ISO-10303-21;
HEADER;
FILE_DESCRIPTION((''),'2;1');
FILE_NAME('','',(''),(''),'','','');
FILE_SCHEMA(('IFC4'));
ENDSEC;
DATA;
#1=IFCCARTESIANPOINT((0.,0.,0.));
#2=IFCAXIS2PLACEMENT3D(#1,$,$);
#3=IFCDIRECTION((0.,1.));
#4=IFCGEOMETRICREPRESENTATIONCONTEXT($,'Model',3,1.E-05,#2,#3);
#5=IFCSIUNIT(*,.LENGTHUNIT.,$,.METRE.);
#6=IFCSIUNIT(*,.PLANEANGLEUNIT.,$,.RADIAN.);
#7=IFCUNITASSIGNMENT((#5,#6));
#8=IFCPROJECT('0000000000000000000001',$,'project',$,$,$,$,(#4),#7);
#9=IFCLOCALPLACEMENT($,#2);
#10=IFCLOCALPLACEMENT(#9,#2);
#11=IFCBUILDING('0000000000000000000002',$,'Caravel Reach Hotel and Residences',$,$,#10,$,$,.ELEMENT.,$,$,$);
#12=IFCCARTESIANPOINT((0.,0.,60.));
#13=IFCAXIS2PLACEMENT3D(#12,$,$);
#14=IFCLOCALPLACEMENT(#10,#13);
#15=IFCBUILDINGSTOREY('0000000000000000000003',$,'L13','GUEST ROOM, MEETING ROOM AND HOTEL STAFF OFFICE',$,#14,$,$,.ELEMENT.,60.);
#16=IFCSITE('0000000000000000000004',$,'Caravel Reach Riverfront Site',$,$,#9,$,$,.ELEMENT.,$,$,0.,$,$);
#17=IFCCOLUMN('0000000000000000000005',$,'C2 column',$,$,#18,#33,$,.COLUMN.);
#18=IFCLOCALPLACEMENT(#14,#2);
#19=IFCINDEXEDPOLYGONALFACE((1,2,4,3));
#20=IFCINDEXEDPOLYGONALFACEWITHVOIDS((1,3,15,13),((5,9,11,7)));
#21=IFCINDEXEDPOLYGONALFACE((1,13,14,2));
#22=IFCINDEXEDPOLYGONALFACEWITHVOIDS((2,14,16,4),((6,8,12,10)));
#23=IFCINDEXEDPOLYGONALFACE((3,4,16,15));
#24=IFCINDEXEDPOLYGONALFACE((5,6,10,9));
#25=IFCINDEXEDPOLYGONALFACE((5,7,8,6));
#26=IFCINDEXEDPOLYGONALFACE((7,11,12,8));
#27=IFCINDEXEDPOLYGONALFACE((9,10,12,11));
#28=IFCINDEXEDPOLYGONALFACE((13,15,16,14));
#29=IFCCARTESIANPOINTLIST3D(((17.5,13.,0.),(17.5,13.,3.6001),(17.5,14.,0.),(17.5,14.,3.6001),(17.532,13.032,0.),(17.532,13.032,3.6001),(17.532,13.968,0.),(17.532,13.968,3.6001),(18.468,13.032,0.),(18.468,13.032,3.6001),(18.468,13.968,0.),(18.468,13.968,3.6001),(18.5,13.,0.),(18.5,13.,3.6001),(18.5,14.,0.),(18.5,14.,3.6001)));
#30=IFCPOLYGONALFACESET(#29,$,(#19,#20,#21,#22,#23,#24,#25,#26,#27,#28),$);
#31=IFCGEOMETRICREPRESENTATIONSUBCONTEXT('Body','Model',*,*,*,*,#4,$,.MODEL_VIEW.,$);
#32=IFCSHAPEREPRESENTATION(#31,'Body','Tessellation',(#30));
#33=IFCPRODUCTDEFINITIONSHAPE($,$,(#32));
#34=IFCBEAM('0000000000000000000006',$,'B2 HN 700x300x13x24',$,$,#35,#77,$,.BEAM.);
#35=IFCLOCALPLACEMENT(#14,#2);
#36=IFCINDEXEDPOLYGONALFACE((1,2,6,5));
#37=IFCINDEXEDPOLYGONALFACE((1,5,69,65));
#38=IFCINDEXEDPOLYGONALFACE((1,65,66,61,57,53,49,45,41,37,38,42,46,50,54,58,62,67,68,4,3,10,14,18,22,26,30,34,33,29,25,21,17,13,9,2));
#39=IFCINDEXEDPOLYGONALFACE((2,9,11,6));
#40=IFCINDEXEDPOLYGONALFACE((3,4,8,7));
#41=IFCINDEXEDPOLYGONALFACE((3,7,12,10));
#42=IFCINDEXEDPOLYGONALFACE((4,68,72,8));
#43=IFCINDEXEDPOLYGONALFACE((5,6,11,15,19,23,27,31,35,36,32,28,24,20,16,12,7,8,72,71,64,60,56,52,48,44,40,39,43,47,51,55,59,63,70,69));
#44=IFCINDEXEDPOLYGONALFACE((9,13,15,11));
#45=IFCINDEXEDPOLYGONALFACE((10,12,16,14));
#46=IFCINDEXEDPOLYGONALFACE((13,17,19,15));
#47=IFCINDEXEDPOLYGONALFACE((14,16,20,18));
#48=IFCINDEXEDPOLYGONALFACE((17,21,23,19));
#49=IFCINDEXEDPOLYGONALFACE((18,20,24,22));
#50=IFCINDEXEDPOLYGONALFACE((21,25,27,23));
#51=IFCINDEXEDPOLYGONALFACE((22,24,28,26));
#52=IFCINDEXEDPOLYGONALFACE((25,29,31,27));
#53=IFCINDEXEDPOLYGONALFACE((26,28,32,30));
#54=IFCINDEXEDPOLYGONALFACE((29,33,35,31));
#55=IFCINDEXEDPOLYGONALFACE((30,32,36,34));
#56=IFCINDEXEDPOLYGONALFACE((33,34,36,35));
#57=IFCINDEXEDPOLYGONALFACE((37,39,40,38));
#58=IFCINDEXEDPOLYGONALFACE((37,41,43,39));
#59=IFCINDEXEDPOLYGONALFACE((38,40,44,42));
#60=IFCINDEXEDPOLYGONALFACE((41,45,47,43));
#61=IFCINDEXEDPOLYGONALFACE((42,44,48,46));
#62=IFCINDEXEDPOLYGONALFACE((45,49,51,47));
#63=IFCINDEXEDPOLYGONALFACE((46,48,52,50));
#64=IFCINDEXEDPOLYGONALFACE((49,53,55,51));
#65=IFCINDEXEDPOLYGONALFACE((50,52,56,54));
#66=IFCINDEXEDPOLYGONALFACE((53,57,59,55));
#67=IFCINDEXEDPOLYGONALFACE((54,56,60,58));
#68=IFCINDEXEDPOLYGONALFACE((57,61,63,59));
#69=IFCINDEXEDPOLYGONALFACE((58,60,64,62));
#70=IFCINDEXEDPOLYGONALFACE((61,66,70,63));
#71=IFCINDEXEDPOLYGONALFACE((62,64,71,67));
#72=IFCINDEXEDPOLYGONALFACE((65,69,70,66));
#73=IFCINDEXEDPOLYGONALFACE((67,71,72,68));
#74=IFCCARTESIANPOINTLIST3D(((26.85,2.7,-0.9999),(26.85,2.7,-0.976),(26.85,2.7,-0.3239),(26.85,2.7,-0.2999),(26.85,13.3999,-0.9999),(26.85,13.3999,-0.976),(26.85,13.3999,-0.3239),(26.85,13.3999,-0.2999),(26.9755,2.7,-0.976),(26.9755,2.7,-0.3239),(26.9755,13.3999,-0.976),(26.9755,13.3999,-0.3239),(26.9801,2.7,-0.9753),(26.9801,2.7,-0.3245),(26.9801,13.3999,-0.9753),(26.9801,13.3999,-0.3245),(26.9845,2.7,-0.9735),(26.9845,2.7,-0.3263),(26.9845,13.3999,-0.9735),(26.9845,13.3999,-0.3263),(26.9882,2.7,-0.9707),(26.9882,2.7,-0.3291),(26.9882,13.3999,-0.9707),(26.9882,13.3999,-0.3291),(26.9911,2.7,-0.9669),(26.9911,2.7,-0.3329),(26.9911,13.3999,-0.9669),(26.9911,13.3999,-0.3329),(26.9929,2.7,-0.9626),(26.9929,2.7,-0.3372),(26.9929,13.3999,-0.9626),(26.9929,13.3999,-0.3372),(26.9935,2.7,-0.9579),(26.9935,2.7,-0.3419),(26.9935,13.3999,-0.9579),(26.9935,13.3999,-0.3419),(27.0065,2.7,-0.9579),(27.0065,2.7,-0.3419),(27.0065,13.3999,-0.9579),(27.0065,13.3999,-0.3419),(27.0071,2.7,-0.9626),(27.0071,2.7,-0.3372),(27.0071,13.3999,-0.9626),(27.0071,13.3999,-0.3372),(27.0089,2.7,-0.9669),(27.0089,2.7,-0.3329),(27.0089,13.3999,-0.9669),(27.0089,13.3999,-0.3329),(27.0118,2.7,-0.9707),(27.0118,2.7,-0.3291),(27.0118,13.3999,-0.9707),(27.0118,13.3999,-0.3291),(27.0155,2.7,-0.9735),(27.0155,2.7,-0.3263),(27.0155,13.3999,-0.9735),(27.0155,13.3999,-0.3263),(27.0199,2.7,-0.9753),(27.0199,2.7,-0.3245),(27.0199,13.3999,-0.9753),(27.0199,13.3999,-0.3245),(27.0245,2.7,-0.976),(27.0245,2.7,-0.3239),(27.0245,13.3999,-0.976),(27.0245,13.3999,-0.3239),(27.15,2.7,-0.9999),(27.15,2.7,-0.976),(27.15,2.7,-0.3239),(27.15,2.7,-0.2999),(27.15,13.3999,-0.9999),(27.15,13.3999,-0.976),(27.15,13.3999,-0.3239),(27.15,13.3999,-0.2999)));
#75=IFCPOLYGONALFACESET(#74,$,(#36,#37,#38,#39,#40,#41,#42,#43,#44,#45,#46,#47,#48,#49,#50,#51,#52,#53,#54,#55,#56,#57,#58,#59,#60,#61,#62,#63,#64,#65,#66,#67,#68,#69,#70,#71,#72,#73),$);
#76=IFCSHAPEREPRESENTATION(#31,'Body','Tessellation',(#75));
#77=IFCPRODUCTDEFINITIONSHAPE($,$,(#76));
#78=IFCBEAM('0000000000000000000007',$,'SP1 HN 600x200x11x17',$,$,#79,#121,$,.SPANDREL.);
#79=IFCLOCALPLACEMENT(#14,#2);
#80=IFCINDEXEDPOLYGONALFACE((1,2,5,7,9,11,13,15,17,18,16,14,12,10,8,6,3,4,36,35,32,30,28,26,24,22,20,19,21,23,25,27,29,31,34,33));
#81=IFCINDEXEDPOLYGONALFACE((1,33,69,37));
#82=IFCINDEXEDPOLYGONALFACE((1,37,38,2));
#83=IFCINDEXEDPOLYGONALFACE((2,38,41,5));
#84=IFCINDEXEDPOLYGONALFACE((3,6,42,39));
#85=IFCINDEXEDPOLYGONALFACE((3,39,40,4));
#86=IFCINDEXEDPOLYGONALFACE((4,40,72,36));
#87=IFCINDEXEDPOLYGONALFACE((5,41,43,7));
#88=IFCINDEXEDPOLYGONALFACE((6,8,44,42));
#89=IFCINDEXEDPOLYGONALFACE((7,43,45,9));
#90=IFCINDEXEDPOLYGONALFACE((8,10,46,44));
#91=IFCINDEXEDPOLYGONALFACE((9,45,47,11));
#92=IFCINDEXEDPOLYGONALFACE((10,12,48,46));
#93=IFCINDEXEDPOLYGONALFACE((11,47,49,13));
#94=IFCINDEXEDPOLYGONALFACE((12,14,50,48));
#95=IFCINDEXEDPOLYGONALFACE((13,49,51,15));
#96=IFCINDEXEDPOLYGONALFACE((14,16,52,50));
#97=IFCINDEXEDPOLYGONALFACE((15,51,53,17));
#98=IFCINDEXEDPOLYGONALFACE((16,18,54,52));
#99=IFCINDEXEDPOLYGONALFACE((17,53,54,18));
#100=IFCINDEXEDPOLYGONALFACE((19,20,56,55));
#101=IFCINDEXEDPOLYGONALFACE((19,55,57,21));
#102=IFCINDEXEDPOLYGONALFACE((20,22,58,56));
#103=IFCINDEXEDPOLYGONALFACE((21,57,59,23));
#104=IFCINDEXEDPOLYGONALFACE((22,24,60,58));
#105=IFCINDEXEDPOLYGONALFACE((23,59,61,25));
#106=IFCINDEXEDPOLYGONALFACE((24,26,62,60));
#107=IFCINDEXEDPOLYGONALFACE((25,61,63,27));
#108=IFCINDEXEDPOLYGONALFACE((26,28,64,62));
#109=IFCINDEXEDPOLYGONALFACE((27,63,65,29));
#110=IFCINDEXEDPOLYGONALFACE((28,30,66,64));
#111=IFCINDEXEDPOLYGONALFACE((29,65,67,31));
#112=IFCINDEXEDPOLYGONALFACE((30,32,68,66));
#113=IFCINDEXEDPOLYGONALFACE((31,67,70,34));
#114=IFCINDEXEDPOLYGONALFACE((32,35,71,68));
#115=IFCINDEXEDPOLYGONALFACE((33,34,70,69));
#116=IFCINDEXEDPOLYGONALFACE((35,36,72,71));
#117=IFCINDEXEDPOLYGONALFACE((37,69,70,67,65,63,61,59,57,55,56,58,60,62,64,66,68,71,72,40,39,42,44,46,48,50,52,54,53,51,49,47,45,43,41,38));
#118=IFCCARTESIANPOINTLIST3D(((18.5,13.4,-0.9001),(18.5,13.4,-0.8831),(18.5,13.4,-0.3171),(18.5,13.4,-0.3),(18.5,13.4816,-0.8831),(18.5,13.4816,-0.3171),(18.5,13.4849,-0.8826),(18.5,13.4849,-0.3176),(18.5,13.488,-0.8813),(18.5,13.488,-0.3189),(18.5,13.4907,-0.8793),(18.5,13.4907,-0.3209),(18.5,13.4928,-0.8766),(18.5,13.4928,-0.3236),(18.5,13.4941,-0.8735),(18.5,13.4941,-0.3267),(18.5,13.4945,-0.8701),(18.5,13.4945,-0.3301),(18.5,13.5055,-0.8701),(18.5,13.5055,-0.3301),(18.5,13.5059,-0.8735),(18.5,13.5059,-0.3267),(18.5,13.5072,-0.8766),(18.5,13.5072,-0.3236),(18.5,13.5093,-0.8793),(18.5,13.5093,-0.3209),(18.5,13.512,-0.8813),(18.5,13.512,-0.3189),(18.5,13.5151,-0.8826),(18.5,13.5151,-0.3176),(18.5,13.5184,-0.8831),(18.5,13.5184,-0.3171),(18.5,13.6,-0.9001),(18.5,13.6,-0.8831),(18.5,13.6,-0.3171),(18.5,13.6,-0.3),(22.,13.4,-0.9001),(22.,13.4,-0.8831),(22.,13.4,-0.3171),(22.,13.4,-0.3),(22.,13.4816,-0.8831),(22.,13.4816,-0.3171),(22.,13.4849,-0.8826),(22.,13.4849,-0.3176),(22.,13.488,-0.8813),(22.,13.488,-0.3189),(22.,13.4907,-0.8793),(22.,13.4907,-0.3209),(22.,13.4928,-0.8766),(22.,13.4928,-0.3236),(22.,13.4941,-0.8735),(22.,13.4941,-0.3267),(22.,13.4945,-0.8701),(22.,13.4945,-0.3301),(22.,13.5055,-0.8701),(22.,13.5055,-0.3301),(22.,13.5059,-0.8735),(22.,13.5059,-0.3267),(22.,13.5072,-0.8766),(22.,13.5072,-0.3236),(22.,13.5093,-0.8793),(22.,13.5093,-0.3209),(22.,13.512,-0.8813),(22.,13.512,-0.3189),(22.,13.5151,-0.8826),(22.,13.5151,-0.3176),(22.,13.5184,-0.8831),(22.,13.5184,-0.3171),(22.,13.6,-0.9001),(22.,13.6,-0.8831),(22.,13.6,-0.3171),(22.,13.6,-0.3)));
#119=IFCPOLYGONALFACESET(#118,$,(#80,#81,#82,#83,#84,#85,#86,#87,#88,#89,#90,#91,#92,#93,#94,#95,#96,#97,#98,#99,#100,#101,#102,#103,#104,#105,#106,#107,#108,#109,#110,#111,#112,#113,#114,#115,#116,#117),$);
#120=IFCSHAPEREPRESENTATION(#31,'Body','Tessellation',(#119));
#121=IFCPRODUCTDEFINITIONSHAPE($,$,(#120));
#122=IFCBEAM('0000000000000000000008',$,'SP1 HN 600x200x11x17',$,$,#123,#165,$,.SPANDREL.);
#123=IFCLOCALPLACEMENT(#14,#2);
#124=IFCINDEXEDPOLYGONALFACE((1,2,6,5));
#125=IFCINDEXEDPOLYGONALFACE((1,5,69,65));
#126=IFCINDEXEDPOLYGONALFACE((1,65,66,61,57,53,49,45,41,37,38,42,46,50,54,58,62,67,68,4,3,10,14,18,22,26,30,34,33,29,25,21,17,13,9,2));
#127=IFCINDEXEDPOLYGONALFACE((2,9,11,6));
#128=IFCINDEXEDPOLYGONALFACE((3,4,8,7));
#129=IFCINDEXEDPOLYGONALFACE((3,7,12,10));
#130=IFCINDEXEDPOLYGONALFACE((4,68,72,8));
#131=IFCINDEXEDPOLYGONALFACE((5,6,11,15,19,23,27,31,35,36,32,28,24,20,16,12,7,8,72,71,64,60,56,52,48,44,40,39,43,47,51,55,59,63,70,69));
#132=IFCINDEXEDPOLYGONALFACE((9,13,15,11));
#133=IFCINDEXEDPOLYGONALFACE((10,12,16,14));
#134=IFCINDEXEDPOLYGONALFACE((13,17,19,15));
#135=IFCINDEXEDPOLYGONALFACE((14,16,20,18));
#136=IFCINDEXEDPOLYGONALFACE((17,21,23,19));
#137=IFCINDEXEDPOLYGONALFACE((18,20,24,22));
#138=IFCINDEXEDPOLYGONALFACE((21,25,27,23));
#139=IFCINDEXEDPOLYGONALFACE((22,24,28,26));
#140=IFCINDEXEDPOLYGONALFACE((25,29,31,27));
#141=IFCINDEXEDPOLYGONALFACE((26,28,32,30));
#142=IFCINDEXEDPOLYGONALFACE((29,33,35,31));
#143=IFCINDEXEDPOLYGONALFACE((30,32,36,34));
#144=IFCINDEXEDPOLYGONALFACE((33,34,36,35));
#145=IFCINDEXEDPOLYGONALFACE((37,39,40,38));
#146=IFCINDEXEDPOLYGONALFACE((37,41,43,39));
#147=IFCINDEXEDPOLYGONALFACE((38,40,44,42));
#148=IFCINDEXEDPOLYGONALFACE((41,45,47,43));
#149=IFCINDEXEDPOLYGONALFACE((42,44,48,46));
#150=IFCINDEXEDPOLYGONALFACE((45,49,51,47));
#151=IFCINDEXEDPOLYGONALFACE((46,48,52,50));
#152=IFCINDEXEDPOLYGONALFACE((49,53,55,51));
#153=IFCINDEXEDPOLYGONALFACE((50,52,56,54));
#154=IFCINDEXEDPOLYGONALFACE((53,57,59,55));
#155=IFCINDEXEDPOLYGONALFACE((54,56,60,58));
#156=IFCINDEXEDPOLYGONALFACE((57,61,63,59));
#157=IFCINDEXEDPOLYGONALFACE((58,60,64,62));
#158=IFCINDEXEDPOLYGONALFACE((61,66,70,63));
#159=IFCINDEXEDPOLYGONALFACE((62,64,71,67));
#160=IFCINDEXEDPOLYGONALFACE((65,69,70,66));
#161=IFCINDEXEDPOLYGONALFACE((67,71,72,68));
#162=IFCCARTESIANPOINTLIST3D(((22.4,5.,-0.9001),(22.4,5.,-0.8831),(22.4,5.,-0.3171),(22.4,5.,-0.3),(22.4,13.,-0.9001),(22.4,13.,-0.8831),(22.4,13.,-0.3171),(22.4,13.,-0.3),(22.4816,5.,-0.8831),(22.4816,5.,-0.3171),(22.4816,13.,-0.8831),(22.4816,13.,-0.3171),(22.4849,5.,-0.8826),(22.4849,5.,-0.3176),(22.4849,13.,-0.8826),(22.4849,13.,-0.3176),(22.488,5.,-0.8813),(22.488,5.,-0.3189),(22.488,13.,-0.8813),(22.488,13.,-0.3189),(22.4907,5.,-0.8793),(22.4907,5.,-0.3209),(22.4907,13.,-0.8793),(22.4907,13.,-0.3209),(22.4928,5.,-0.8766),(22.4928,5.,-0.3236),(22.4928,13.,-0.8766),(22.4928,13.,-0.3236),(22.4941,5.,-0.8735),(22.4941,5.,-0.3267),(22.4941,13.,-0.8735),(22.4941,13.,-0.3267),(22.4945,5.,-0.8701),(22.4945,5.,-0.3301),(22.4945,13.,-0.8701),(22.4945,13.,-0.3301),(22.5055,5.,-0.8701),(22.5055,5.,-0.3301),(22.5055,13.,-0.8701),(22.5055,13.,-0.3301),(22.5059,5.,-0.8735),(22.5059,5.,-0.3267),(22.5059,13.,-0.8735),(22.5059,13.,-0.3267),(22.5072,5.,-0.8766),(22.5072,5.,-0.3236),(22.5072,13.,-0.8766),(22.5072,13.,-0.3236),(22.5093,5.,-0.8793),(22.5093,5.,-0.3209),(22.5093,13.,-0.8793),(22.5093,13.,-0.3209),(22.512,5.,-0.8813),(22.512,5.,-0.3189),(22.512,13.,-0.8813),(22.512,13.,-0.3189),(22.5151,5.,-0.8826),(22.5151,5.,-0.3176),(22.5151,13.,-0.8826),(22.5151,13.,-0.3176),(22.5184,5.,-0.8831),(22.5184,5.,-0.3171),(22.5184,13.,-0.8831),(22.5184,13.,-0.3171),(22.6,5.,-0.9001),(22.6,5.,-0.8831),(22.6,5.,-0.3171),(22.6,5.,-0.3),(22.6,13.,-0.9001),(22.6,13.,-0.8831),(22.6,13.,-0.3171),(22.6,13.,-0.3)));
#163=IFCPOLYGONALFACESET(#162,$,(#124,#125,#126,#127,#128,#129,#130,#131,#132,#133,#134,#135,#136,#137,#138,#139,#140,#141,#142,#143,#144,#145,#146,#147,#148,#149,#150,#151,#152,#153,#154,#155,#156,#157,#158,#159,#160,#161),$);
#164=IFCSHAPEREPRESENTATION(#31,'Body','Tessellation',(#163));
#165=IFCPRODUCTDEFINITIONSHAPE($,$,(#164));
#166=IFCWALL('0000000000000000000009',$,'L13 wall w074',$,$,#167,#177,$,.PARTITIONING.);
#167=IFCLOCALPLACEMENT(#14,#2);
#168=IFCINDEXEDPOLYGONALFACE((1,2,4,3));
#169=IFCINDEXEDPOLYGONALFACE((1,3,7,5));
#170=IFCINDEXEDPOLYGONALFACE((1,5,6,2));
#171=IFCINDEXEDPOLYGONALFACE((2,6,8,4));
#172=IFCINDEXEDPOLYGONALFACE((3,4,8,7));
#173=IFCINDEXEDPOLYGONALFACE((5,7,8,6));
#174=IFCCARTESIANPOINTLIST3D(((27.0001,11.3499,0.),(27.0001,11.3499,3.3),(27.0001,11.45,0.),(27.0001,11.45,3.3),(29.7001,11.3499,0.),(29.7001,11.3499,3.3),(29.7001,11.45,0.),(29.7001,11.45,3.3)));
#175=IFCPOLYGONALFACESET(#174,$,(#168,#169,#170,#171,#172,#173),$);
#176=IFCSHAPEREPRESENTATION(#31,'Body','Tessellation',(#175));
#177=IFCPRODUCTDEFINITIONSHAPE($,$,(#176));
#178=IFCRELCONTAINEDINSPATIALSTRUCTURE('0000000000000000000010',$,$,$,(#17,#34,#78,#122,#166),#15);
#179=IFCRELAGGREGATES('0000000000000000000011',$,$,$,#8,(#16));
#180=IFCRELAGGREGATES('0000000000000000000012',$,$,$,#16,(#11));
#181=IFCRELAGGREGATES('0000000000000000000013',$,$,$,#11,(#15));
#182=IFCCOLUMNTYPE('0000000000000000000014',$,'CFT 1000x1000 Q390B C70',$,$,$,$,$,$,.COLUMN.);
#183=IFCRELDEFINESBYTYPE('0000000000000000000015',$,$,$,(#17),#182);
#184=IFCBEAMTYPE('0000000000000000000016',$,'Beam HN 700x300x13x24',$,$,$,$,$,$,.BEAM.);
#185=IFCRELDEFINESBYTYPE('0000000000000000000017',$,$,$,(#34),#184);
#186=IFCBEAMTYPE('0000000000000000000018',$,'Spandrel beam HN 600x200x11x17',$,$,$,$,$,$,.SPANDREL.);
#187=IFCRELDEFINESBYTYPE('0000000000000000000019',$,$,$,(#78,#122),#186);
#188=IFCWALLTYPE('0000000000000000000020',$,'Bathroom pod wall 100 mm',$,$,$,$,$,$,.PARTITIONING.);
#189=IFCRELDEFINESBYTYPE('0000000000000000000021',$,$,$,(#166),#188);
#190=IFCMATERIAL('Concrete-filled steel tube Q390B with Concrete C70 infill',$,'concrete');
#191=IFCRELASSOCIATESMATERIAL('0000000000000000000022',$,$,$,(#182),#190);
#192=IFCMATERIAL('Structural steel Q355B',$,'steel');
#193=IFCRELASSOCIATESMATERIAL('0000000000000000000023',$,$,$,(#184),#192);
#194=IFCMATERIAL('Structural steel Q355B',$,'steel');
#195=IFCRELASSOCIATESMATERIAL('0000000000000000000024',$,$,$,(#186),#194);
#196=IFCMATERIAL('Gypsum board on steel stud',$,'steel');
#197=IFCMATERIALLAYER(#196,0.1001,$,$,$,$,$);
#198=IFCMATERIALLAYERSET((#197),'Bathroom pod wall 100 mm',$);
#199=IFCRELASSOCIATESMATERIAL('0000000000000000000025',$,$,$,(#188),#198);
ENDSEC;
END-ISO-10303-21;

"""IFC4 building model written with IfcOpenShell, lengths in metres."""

from ifc_helpers import new_model, si_unit, direction, frame, frame_2d, origin, origin_2d, place, context, subcontext, project, spatial, rectangle, hollow_rectangle, i_section, extrude, material, layer, layer_set, material_profile, profile_set, type_object, element, save


model = new_model("IFC4")

# Units and contexts
model_context = context("Model", 3, precision=1e-05, world=origin(), true_north=direction((0.0, 1.0)))
body_context = subcontext(model_context, "Body", "Model", "MODEL_VIEW")
ifc_project = project(units=[si_unit("LENGTHUNIT", "METRE"), si_unit("PLANEANGLEUNIT", "RADIAN")], contexts=[model_context])

# Site, building, storey
site_placement = place(None, origin())
site = spatial("IfcSite", under=ifc_project, at=site_placement, Name="Caravel Reach Riverfront Site", CompositionType="ELEMENT", RefElevation=0.0)
building_placement = place(site_placement, origin())
building = spatial("IfcBuilding", under=site, at=building_placement, Name="Caravel Reach Hotel and Residences", CompositionType="ELEMENT")
storey_placement = place(building_placement, frame((0.0, 0.0, 60.0)))
storey = spatial("IfcBuildingStorey", under=building, at=storey_placement, Name="L13", Description="GUEST ROOM, MEETING ROOM AND HOTEL STAFF OFFICE", CompositionType="ELEMENT", Elevation=60.0)

# Column
ifc_material_1 = material(Name="Concrete-filled steel tube Q390B with Concrete C70 infill", Category="concrete")
ifc_material_profile_1 = material_profile(ifc_material_1, hollow_rectangle(XDim=1.0, YDim=1.0, WallThickness=0.032, at=origin_2d()), Name="RHS 1000x1000x32")
ifc_profile_set_1 = profile_set([ifc_material_profile_1], Name="Concrete-filled steel tube Q390B with Concrete C70 infill")
column_type = type_object("IfcColumnType", Name="CFT 1000x1000 Q390B C70", PredefinedType="COLUMN", material=ifc_profile_set_1)
column_placement = place(storey_placement, frame((18.0, 13.5, 0.0), z_axis=(0.0, 0.0, 1.0), x_axis=(1.0, 0.0, 0.0)))
element("IfcColumn", 1, at=column_placement, inside=storey, type_object=column_type, Name="C2 column", PredefinedType="COLUMN", context=body_context, shape_type="SweptSolid", body=[
    extrude(hollow_rectangle(XDim=1.0, YDim=1.0, WallThickness=0.032, at=origin_2d()), origin(), (0.0, 0.0, 1.0), 3.6001),
])

# Beams
ifc_material_2 = material(Name="Structural steel Q355B", Category="steel")
ifc_material_profile_2 = material_profile(ifc_material_2, i_section(OverallWidth=0.3, OverallDepth=0.7, WebThickness=0.0129, FlangeThickness=0.0239, FilletRadius=0.0181, at=origin_2d()), Name="HN 700x300x13x24")
ifc_profile_set_2 = profile_set([ifc_material_profile_2], Name="Structural steel Q355B")
beam_type_1 = type_object("IfcBeamType", Name="Beam HN 700x300x13x24", PredefinedType="BEAM", material=ifc_profile_set_2)
beam_1_placement = place(storey_placement, frame((27.0, 13.3999, -0.6499), z_axis=(0.0, -1.0, 0.0), x_axis=(1.0, 0.0, 0.0)))
element("IfcBeam", 2, at=beam_1_placement, inside=storey, type_object=beam_type_1, Name="B2 HN 700x300x13x24", PredefinedType="BEAM", context=body_context, shape_type="SweptSolid", body=[
    extrude(i_section(OverallWidth=0.3, OverallDepth=0.7, WebThickness=0.0129, FlangeThickness=0.0239, FilletRadius=0.0181, at=origin_2d()), origin(), (0.0, 0.0, 1.0), 10.7),
])
ifc_material_3 = material(Name="Structural steel Q355B", Category="steel")
ifc_material_profile_3 = material_profile(ifc_material_3, i_section(OverallWidth=0.2, OverallDepth=0.6001, WebThickness=0.011, FlangeThickness=0.0171, FilletRadius=0.0129, at=origin_2d()), Name="HN 600x200x11x17")
ifc_profile_set_3 = profile_set([ifc_material_profile_3], Name="Structural steel Q355B")
beam_type_2 = type_object("IfcBeamType", Name="Spandrel beam HN 600x200x11x17", PredefinedType="SPANDREL", material=ifc_profile_set_3)
beam_2_placement = place(storey_placement, frame((18.5, 13.5, -0.6001), z_axis=(1.0, 0.0, 0.0), x_axis=(0.0, 1.0, 0.0)))
element("IfcBeam", 3, at=beam_2_placement, inside=storey, type_object=beam_type_2, Name="SP1 HN 600x200x11x17", PredefinedType="SPANDREL", context=body_context, shape_type="SweptSolid", body=[
    extrude(i_section(OverallWidth=0.2, OverallDepth=0.6001, WebThickness=0.011, FlangeThickness=0.0171, FilletRadius=0.0129, at=origin_2d()), origin(), (0.0, 0.0, 1.0), 3.5),
])
beam_3_placement = place(storey_placement, frame((22.5, 13.0, -0.6001), z_axis=(0.0, -1.0, 0.0), x_axis=(1.0, 0.0, 0.0)))
element("IfcBeam", 4, at=beam_3_placement, inside=storey, type_object=beam_type_2, Name="SP1 HN 600x200x11x17", PredefinedType="SPANDREL", context=body_context, shape_type="SweptSolid", body=[
    extrude(i_section(OverallWidth=0.2, OverallDepth=0.6001, WebThickness=0.011, FlangeThickness=0.0171, FilletRadius=0.0129, at=origin_2d()), origin(), (0.0, 0.0, 1.0), 8.0),
])

# Wall
ifc_material_4 = material(Name="Gypsum board on steel stud", Category="steel")
ifc_layer_1 = layer(ifc_material_4, 0.1001)
ifc_layer_set_1 = layer_set([ifc_layer_1], Name="Bathroom pod wall 100 mm")
wall_type_1 = type_object("IfcWallType", Name="Bathroom pod wall 100 mm", PredefinedType="PARTITIONING", material=ifc_layer_set_1)
wall_1_placement = place(storey_placement, frame((27.0, 11.3999, 0.0), z_axis=(0.0, 0.0, 1.0), x_axis=(1.0, 0.0, 0.0)))
element("IfcWall", 5, at=wall_1_placement, inside=storey, type_object=wall_type_1, Name="L13 wall w074", PredefinedType="PARTITIONING", context=body_context, shape_type="SweptSolid", body=[
    extrude(rectangle(XDim=2.7, YDim=0.1001, at=frame_2d((1.3501, 0.0))), origin(), (0.0, 0.0, 1.0), 3.3),
])

save(model, "model.ifc")
